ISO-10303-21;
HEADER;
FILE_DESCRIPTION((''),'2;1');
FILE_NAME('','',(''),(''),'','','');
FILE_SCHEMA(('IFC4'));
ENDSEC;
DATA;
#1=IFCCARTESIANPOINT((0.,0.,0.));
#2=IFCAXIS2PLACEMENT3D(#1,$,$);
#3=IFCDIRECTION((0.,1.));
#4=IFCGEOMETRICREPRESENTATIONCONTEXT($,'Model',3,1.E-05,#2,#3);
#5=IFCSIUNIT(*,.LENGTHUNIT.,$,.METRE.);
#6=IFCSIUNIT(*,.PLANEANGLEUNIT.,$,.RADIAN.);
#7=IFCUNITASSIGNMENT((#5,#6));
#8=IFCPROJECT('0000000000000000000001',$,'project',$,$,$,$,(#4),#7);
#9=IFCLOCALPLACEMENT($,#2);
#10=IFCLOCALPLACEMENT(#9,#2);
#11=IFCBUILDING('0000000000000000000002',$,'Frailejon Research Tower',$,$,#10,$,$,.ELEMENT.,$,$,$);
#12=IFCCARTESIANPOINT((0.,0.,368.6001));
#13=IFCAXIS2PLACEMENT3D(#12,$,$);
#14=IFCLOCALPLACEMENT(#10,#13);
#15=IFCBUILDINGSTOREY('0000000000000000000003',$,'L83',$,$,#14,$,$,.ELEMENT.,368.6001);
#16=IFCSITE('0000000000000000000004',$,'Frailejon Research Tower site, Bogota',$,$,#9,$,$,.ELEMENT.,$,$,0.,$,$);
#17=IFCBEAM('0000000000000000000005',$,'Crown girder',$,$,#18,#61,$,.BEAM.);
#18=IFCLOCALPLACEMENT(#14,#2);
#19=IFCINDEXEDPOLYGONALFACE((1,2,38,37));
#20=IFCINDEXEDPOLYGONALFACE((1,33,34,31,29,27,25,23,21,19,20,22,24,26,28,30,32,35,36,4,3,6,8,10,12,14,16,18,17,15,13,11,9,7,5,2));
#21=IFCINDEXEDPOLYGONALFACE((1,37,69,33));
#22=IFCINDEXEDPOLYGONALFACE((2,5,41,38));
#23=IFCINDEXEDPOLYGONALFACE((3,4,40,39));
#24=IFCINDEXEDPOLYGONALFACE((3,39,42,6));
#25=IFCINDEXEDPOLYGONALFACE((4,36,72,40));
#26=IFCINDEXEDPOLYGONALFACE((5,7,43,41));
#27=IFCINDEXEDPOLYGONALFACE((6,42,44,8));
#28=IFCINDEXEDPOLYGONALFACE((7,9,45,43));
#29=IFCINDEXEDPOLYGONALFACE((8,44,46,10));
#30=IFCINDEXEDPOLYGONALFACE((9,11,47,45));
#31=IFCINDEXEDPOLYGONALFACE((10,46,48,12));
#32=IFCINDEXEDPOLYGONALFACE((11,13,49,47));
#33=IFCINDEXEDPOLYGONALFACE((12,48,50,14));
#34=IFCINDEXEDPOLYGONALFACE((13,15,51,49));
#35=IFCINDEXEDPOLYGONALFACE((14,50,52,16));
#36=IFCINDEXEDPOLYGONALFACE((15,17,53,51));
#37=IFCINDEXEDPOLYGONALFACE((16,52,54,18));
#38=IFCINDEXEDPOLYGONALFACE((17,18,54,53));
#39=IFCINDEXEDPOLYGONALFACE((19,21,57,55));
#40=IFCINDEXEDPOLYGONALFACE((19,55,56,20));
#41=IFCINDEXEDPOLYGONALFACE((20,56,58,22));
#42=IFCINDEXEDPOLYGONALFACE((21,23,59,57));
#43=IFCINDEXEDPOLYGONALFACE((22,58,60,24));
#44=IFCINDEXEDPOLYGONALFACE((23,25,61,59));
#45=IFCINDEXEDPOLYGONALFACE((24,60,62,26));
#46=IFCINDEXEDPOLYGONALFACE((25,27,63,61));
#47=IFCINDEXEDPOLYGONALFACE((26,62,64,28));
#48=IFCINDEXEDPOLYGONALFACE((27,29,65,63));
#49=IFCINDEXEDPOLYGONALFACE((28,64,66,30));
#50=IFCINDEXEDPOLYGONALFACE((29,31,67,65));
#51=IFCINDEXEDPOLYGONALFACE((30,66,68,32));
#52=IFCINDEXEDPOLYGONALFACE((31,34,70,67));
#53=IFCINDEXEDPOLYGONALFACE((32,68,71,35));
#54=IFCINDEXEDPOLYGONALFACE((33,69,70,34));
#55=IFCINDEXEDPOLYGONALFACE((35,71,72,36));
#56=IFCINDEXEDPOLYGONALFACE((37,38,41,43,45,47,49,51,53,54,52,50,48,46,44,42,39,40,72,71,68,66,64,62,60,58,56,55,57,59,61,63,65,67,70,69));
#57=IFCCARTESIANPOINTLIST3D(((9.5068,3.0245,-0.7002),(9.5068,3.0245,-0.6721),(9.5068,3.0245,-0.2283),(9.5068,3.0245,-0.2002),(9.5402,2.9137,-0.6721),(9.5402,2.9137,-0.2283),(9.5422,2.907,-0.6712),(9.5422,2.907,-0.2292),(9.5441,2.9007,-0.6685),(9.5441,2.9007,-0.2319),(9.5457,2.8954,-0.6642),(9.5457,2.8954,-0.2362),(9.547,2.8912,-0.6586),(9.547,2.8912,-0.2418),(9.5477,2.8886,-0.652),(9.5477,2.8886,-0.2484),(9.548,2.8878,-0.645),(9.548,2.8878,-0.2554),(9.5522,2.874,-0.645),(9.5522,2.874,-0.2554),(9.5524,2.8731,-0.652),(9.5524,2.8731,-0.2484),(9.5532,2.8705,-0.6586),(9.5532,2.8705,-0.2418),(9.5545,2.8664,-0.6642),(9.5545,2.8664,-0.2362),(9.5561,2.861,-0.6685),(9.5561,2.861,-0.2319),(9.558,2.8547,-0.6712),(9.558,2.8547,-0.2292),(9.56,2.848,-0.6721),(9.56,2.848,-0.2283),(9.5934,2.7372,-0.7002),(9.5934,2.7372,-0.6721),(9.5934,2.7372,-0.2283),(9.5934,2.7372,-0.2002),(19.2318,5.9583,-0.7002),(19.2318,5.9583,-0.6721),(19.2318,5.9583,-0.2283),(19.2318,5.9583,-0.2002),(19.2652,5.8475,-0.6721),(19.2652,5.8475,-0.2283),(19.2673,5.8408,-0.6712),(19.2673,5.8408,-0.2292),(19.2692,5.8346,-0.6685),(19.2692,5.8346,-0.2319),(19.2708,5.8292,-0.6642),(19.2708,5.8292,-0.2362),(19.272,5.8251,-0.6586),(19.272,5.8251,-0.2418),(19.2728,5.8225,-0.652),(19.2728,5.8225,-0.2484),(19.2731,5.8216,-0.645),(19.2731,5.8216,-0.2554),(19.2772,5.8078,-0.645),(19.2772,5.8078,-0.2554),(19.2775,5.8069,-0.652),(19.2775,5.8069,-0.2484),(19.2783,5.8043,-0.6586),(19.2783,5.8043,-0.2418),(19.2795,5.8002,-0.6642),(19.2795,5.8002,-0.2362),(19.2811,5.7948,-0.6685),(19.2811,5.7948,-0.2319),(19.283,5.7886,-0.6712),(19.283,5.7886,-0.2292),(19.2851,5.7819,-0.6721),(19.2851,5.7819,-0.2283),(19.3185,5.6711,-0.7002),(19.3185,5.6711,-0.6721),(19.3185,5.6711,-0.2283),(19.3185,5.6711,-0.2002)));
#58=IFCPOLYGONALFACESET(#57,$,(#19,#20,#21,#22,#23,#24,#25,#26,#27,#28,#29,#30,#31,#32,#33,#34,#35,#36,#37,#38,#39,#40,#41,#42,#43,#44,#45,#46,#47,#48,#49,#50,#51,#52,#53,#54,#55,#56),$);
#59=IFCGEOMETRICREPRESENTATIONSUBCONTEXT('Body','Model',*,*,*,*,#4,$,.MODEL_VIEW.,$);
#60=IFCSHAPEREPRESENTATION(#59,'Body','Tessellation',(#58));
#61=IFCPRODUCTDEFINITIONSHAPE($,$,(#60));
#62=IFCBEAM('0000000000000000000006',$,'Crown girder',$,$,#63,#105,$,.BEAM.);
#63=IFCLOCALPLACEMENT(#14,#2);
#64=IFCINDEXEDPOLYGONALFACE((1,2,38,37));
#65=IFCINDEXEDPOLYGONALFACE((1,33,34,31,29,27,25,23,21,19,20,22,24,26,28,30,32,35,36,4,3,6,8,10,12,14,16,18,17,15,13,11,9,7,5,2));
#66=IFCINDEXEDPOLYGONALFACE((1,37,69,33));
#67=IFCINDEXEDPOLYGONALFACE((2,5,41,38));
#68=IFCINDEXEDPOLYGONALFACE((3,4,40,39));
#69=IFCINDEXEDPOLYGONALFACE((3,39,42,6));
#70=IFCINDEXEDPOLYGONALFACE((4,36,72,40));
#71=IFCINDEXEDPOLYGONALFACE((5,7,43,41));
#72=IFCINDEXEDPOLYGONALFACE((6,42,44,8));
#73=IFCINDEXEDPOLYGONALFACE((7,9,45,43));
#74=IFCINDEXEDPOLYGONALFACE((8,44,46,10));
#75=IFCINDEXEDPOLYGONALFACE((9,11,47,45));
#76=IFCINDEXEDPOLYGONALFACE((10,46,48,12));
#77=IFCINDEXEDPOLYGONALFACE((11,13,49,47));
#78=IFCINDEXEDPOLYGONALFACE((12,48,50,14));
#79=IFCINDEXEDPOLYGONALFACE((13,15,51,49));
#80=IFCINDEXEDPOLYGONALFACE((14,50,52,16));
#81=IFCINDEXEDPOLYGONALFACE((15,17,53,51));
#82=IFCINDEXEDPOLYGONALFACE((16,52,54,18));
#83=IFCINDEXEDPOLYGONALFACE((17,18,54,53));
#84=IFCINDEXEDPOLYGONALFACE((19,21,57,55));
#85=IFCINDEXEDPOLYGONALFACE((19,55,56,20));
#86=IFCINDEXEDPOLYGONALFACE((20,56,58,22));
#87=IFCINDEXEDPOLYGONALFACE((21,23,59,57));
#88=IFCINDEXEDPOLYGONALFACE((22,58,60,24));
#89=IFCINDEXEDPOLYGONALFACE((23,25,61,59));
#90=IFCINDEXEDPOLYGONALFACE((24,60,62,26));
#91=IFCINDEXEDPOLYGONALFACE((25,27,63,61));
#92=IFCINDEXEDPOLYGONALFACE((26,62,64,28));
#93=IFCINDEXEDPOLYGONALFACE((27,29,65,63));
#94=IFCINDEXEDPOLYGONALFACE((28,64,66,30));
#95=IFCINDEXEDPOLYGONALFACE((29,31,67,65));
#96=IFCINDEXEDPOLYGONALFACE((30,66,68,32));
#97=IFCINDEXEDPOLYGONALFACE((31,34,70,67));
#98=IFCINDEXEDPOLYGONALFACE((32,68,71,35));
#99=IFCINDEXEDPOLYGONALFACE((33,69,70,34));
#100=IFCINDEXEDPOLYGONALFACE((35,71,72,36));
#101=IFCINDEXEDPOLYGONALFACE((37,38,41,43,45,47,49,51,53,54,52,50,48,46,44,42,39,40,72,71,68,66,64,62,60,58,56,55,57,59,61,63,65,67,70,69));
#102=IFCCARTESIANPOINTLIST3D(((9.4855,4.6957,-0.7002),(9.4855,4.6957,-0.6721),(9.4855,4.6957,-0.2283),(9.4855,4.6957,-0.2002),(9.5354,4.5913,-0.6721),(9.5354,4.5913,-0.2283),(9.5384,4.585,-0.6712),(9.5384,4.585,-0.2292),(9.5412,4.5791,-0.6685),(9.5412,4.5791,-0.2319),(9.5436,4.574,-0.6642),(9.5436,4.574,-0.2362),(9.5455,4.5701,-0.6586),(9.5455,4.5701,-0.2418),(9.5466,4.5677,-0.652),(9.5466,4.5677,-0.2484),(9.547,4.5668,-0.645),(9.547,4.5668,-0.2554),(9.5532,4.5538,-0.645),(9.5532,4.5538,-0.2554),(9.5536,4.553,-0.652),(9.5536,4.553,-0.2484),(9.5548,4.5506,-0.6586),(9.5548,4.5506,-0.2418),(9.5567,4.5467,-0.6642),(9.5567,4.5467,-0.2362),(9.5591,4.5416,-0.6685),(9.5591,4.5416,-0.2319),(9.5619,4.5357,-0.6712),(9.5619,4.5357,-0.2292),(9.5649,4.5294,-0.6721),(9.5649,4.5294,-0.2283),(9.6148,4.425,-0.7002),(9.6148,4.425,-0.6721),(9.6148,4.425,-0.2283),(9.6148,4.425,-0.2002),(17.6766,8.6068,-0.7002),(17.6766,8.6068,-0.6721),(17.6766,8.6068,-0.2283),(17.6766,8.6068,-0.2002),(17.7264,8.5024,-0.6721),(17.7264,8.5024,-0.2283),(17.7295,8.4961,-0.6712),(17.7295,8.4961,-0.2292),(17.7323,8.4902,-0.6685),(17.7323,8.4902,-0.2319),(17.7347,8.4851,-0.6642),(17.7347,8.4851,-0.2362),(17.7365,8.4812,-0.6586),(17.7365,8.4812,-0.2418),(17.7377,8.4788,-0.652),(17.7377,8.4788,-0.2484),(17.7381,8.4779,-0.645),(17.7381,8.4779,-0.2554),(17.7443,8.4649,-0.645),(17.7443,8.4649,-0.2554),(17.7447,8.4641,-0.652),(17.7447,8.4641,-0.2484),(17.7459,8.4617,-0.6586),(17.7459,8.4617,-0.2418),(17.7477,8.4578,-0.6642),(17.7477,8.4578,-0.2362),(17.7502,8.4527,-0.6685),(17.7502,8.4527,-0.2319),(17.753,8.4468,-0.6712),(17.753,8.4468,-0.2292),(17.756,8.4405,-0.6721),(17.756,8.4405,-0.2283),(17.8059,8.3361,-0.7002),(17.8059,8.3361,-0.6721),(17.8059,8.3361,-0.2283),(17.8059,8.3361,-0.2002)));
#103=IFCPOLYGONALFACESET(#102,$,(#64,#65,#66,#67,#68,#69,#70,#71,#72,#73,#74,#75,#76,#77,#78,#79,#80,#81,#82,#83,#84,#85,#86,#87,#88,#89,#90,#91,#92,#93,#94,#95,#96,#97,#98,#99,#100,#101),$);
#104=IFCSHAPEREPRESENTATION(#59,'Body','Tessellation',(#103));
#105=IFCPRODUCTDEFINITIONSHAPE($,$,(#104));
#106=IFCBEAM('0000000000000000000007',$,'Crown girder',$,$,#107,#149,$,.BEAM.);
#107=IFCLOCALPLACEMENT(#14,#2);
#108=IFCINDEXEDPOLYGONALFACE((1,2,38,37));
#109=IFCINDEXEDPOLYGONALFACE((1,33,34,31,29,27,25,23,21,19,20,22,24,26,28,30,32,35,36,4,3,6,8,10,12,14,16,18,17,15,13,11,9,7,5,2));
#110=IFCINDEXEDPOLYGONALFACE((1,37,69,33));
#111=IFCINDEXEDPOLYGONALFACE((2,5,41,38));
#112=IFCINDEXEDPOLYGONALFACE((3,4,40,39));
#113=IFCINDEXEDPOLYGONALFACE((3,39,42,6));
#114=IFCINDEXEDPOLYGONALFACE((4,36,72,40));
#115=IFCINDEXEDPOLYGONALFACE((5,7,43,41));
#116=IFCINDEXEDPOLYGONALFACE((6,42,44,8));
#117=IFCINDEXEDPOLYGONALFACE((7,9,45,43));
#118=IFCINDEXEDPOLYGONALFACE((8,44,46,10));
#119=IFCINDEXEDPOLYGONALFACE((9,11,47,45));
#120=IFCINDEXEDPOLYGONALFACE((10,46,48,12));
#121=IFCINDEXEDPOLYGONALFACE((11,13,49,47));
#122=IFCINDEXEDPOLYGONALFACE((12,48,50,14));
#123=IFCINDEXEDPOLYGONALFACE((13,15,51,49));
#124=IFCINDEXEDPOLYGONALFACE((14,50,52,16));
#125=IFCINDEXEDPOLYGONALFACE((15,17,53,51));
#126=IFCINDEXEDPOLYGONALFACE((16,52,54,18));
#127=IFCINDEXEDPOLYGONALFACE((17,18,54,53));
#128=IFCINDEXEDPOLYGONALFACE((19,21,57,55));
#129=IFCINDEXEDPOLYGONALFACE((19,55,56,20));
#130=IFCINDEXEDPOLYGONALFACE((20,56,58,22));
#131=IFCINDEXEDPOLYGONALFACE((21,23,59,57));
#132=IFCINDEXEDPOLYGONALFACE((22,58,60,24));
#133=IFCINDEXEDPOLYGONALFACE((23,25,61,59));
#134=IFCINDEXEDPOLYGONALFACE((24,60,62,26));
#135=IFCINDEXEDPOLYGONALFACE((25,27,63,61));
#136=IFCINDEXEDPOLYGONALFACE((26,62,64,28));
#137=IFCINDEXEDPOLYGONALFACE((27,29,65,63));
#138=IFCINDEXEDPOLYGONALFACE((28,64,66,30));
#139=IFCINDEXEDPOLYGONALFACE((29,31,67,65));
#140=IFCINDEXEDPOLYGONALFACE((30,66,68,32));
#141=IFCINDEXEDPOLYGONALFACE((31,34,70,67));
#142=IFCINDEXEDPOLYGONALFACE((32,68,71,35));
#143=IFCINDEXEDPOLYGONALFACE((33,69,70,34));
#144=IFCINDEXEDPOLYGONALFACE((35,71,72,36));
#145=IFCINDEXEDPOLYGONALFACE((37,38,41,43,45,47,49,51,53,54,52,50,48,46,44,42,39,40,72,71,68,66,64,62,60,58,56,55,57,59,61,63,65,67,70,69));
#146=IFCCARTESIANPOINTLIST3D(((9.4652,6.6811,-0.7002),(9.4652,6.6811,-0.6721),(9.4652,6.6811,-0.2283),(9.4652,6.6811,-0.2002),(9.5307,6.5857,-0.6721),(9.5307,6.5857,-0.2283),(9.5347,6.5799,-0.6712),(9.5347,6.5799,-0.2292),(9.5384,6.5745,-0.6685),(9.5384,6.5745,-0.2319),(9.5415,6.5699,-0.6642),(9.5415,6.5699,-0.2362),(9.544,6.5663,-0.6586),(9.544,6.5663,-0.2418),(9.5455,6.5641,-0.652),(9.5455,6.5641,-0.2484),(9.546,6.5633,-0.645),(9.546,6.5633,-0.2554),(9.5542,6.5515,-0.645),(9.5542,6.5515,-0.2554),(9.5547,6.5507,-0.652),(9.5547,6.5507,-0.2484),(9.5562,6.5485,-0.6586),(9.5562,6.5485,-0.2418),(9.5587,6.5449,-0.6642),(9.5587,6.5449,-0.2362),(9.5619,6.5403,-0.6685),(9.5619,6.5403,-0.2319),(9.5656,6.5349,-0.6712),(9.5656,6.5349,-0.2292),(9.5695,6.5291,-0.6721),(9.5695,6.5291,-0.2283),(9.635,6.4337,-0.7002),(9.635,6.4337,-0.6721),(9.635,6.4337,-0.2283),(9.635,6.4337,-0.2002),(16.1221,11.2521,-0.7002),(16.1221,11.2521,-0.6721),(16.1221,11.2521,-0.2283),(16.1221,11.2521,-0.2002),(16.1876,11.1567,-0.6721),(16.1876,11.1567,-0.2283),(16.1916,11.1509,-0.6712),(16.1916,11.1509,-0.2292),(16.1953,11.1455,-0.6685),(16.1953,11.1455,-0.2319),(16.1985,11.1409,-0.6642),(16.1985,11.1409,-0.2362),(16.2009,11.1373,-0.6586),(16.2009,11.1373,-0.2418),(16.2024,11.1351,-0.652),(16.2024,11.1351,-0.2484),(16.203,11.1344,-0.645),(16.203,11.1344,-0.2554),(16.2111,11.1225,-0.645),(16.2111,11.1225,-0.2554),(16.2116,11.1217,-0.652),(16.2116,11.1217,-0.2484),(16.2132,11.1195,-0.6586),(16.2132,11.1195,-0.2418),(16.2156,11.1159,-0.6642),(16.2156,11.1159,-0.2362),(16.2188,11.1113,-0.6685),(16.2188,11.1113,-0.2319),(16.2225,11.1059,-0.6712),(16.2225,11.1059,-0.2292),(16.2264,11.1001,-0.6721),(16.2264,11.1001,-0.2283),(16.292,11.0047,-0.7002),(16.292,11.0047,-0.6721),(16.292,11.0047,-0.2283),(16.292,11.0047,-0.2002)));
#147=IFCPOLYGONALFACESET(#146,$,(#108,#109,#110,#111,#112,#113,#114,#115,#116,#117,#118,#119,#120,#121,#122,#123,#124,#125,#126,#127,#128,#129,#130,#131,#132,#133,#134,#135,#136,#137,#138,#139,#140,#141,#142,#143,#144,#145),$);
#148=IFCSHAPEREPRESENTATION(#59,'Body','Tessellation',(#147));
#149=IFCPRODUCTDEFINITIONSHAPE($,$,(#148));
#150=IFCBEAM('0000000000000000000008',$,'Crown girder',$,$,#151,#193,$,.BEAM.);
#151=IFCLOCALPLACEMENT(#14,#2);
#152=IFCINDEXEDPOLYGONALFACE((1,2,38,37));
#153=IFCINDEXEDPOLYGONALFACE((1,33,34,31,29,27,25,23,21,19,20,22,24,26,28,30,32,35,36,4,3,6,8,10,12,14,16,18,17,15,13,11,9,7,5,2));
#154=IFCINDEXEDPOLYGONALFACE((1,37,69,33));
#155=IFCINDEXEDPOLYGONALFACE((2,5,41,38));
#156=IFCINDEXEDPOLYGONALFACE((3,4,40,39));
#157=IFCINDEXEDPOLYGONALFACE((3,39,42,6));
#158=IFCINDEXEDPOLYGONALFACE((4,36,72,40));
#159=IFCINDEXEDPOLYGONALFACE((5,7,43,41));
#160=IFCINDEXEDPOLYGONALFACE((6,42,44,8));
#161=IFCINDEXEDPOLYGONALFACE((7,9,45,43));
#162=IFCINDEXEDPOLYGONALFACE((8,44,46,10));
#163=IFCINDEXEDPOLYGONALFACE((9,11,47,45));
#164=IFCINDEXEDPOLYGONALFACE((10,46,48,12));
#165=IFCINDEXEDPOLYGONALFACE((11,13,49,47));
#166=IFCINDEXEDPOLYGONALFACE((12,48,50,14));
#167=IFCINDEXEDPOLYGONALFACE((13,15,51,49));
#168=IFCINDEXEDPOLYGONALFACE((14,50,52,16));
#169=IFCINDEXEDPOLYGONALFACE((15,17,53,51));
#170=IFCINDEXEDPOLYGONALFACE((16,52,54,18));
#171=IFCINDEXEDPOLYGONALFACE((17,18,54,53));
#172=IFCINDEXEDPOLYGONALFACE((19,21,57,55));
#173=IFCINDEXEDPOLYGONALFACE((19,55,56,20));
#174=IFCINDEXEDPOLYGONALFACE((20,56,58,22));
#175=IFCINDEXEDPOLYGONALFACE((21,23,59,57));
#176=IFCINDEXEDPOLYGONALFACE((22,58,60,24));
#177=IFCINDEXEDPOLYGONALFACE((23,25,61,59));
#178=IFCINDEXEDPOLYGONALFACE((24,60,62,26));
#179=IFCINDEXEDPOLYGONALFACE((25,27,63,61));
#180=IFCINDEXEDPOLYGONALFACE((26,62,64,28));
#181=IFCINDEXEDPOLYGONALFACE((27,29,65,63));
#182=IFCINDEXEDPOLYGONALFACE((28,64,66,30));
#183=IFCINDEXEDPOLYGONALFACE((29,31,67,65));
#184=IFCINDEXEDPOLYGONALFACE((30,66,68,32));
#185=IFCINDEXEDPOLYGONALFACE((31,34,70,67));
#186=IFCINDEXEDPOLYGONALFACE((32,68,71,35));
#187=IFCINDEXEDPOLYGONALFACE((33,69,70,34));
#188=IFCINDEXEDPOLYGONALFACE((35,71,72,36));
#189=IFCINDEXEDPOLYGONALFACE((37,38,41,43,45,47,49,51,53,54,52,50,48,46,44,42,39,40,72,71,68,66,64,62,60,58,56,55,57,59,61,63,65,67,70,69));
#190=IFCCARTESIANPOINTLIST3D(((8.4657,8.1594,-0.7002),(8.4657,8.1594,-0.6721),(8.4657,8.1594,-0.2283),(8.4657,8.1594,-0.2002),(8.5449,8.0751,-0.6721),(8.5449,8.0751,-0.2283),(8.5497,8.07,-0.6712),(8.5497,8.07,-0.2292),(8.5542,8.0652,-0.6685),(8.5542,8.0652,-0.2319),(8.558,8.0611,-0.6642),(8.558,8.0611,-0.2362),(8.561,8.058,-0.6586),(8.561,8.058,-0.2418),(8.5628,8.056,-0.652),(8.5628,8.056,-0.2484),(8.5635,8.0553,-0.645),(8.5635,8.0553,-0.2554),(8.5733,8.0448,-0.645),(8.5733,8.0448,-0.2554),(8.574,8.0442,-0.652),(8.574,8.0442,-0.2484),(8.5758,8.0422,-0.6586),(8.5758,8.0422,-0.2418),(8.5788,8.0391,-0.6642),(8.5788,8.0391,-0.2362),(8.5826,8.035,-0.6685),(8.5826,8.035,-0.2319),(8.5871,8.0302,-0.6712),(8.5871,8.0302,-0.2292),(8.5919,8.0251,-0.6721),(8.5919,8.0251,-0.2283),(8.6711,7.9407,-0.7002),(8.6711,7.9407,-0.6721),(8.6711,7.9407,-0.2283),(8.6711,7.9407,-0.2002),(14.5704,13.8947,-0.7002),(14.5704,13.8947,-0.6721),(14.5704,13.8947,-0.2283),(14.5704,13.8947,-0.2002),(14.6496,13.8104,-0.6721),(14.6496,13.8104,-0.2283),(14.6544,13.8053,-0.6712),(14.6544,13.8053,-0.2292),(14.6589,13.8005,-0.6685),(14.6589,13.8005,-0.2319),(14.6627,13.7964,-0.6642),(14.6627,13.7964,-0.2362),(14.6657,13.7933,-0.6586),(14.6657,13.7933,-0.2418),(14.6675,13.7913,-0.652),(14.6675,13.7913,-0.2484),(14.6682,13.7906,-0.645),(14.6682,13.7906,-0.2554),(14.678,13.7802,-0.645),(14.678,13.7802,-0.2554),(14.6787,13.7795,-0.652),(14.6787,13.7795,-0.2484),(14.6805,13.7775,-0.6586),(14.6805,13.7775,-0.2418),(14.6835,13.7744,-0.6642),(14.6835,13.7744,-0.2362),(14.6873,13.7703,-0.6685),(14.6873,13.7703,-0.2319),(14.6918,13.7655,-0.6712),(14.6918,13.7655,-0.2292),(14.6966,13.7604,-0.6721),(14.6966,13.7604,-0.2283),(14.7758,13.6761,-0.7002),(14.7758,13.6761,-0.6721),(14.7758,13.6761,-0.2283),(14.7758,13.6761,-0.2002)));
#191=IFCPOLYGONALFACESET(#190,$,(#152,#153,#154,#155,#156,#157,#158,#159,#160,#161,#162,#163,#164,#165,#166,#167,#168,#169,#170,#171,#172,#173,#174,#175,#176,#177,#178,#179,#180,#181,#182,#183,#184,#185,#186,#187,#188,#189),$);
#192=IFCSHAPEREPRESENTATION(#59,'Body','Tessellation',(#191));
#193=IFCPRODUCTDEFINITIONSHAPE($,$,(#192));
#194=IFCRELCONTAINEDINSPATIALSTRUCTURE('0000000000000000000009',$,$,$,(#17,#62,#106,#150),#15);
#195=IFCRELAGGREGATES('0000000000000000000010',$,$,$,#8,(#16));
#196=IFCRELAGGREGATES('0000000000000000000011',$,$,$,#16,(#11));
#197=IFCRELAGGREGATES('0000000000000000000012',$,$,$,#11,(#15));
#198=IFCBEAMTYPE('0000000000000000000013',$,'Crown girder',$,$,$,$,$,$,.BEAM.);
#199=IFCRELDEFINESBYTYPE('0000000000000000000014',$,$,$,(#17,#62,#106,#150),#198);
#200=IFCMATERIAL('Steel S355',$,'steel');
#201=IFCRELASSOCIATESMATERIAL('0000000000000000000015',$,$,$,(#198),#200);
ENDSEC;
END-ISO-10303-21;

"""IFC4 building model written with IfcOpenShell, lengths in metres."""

from ifc_helpers import new_model, si_unit, direction, frame, origin, origin_2d, place, context, subcontext, project, spatial, i_section, extrude, material, material_profile, profile_set, type_object, element, save


model = new_model("IFC4")

# Units and contexts
model_context = context("Model", 3, precision=1e-05, world=origin(), true_north=direction((0.0, 1.0)))
body_context = subcontext(model_context, "Body", "Model", "MODEL_VIEW")
ifc_project = project(units=[si_unit("LENGTHUNIT", "METRE"), si_unit("PLANEANGLEUNIT", "RADIAN")], contexts=[model_context])

# Site, building, storey
site_placement = place(None, origin())
site = spatial("IfcSite", under=ifc_project, at=site_placement, Name="Frailejon Research Tower site, Bogota", CompositionType="ELEMENT", RefElevation=0.0)
building_placement = place(site_placement, origin())
building = spatial("IfcBuilding", under=site, at=building_placement, Name="Frailejon Research Tower", CompositionType="ELEMENT")
storey_placement = place(building_placement, frame((0.0, 0.0, 368.6001)))
storey = spatial("IfcBuildingStorey", under=building, at=storey_placement, Name="L83", CompositionType="ELEMENT", Elevation=368.6001)

# Beams
ifc_material_1 = material(Name="Steel S355", Category="steel")
ifc_material_profile_1 = material_profile(ifc_material_1, i_section(OverallWidth=0.3, OverallDepth=0.5, WebThickness=0.0144, FlangeThickness=0.0281, FilletRadius=0.0271, at=origin_2d()), Name="HE 500 B")
ifc_profile_set_1 = profile_set([ifc_material_profile_1], Name="Steel S355")
beam_type_1 = type_object("IfcBeamType", Name="Crown girder", PredefinedType="BEAM", material=ifc_profile_set_1)
beam_1_placement = place(storey_placement, frame((19.2751, 5.8147, -0.4502), z_axis=(-0.957383, -0.28882, 0.0), x_axis=(0.28882, -0.957383, 0.0)))
element("IfcBeam", 1, at=beam_1_placement, inside=storey, type_object=beam_type_1, Name="Crown girder", PredefinedType="BEAM", context=body_context, shape_type="SweptSolid", body=[
    extrude(i_section(OverallWidth=0.3, OverallDepth=0.5, WebThickness=0.0144, FlangeThickness=0.0281, FilletRadius=0.0271, at=origin_2d()), origin(), (0.0, 0.0, 1.0), 10.158),
])
beam_2_placement = place(storey_placement, frame((17.7412, 8.4714, -0.4502), z_axis=(-0.902408, -0.430883, 0.0), x_axis=(0.430883, -0.902408, 0.0)))
element("IfcBeam", 2, at=beam_2_placement, inside=storey, type_object=beam_type_1, Name="Crown girder", PredefinedType="BEAM", context=body_context, shape_type="SweptSolid", body=[
    extrude(i_section(OverallWidth=0.3, OverallDepth=0.5, WebThickness=0.0144, FlangeThickness=0.0281, FilletRadius=0.0271, at=origin_2d()), origin(), (0.0, 0.0, 1.0), 9.0769),
])
beam_3_placement = place(storey_placement, frame((16.207, 11.1284, -0.4502), z_axis=(-0.824367, -0.566055, 0.0), x_axis=(0.566055, -0.824367, 0.0)))
element("IfcBeam", 3, at=beam_3_placement, inside=storey, type_object=beam_type_1, Name="Crown girder", PredefinedType="BEAM", context=body_context, shape_type="SweptSolid", body=[
    extrude(i_section(OverallWidth=0.3, OverallDepth=0.5, WebThickness=0.0144, FlangeThickness=0.0281, FilletRadius=0.0271, at=origin_2d()), origin(), (0.0, 0.0, 1.0), 8.0752),
])
beam_4_placement = place(storey_placement, frame((14.6731, 13.7854, -0.4502), z_axis=(-0.728812, -0.684713, 0.0), x_axis=(0.684713, -0.728812, 0.0)))
element("IfcBeam", 4, at=beam_4_placement, inside=storey, type_object=beam_type_1, Name="Crown girder", PredefinedType="BEAM", context=body_context, shape_type="SweptSolid", body=[
    extrude(i_section(OverallWidth=0.3, OverallDepth=0.5, WebThickness=0.0144, FlangeThickness=0.0281, FilletRadius=0.0271, at=origin_2d()), origin(), (0.0, 0.0, 1.0), 8.3762),
])

save(model, "model.ifc")
